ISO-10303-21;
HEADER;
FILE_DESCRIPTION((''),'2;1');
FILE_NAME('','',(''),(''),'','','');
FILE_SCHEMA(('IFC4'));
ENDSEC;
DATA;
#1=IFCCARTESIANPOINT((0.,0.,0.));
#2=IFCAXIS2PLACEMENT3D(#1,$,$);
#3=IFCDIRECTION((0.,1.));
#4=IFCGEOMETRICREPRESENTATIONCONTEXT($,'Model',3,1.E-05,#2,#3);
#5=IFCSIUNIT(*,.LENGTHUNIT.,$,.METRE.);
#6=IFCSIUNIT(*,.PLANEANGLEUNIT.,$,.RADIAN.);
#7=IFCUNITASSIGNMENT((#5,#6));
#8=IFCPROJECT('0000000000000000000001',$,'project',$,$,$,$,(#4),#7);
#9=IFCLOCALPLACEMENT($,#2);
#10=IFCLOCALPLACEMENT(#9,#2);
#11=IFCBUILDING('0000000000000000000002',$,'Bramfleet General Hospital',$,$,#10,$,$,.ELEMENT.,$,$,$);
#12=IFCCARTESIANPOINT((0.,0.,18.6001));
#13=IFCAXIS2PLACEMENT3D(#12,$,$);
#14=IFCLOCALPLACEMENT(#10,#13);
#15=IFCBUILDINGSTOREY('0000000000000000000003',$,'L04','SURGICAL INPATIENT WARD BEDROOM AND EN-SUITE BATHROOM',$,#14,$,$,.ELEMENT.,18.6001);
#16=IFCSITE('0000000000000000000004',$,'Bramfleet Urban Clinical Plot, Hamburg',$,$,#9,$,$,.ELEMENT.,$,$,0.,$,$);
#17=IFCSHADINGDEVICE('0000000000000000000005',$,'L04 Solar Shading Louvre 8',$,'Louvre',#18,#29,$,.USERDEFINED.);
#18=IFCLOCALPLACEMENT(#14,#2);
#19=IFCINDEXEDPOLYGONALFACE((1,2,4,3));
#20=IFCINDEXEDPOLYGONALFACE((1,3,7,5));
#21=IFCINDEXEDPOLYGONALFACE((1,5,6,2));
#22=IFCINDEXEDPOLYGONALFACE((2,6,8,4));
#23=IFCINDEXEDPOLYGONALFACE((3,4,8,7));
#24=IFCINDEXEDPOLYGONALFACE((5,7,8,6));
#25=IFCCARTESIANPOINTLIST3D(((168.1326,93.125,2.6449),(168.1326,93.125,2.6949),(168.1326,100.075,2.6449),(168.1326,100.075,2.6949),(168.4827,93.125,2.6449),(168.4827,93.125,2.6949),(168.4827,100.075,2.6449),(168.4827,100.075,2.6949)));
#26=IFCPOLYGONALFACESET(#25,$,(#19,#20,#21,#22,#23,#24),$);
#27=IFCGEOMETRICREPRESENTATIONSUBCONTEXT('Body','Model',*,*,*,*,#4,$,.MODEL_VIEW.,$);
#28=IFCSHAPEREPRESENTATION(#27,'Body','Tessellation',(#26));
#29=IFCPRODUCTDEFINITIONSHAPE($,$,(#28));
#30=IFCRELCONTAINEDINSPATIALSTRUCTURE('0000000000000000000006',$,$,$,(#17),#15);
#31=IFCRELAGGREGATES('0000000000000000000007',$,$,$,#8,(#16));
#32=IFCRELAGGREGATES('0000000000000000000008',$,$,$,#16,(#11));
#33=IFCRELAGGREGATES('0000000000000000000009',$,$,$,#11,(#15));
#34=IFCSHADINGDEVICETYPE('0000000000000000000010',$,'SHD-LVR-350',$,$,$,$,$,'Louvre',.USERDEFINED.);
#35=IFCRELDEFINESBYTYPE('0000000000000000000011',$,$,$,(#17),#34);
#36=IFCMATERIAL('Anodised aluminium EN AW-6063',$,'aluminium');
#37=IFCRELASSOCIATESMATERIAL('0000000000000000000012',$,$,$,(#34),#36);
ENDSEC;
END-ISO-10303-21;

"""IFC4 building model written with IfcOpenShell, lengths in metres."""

from ifc_helpers import new_model, si_unit, direction, frame, origin, origin_2d, place, context, subcontext, project, spatial, rectangle, extrude, material, material_profile, profile_set, type_object, element, save


model = new_model("IFC4")

# Units and contexts
model_context = context("Model", 3, precision=1e-05, world=origin(), true_north=direction((0.0, 1.0)))
body_context = subcontext(model_context, "Body", "Model", "MODEL_VIEW")
ifc_project = project(units=[si_unit("LENGTHUNIT", "METRE"), si_unit("PLANEANGLEUNIT", "RADIAN")], contexts=[model_context])

# Site, building, storey
site_placement = place(None, origin())
site = spatial("IfcSite", under=ifc_project, at=site_placement, Name="Bramfleet Urban Clinical Plot, Hamburg", CompositionType="ELEMENT", RefElevation=0.0)
building_placement = place(site_placement, origin())
building = spatial("IfcBuilding", under=site, at=building_placement, Name="Bramfleet General Hospital", CompositionType="ELEMENT")
storey_placement = place(building_placement, frame((0.0, 0.0, 18.6001)))
storey = spatial("IfcBuildingStorey", under=building, at=storey_placement, Name="L04", Description="SURGICAL INPATIENT WARD BEDROOM AND EN-SUITE BATHROOM", CompositionType="ELEMENT", Elevation=18.6001)

# Shading device
ifc_material_1 = material(Name="Anodised aluminium EN AW-6063", Category="aluminium")
ifc_material_profile_1 = material_profile(ifc_material_1, rectangle(XDim=0.05, YDim=0.3501, at=origin_2d()), Name="ALU LOUVRE 350x50")
ifc_profile_set_1 = profile_set([ifc_material_profile_1], Name="Anodised aluminium EN AW-6063")
shading_device_type = type_object("IfcShadingDeviceType", Name="SHD-LVR-350", ElementType="Louvre", PredefinedType="USERDEFINED", material=ifc_profile_set_1)
shading_device_placement = place(storey_placement, frame((168.3076, 100.075, 2.6699), z_axis=(0.0, -1.0, 0.0), x_axis=(0.0, 0.0, 1.0)))
element("IfcShadingDevice", 1, at=shading_device_placement, inside=storey, type_object=shading_device_type, Name="L04 Solar Shading Louvre 8", ObjectType="Louvre", PredefinedType="USERDEFINED", context=body_context, shape_type="SweptSolid", body=[
    extrude(rectangle(XDim=0.05, YDim=0.3501, at=origin_2d()), origin(), (0.0, 0.0, 1.0), 6.95),
])

save(model, "model.ifc")
